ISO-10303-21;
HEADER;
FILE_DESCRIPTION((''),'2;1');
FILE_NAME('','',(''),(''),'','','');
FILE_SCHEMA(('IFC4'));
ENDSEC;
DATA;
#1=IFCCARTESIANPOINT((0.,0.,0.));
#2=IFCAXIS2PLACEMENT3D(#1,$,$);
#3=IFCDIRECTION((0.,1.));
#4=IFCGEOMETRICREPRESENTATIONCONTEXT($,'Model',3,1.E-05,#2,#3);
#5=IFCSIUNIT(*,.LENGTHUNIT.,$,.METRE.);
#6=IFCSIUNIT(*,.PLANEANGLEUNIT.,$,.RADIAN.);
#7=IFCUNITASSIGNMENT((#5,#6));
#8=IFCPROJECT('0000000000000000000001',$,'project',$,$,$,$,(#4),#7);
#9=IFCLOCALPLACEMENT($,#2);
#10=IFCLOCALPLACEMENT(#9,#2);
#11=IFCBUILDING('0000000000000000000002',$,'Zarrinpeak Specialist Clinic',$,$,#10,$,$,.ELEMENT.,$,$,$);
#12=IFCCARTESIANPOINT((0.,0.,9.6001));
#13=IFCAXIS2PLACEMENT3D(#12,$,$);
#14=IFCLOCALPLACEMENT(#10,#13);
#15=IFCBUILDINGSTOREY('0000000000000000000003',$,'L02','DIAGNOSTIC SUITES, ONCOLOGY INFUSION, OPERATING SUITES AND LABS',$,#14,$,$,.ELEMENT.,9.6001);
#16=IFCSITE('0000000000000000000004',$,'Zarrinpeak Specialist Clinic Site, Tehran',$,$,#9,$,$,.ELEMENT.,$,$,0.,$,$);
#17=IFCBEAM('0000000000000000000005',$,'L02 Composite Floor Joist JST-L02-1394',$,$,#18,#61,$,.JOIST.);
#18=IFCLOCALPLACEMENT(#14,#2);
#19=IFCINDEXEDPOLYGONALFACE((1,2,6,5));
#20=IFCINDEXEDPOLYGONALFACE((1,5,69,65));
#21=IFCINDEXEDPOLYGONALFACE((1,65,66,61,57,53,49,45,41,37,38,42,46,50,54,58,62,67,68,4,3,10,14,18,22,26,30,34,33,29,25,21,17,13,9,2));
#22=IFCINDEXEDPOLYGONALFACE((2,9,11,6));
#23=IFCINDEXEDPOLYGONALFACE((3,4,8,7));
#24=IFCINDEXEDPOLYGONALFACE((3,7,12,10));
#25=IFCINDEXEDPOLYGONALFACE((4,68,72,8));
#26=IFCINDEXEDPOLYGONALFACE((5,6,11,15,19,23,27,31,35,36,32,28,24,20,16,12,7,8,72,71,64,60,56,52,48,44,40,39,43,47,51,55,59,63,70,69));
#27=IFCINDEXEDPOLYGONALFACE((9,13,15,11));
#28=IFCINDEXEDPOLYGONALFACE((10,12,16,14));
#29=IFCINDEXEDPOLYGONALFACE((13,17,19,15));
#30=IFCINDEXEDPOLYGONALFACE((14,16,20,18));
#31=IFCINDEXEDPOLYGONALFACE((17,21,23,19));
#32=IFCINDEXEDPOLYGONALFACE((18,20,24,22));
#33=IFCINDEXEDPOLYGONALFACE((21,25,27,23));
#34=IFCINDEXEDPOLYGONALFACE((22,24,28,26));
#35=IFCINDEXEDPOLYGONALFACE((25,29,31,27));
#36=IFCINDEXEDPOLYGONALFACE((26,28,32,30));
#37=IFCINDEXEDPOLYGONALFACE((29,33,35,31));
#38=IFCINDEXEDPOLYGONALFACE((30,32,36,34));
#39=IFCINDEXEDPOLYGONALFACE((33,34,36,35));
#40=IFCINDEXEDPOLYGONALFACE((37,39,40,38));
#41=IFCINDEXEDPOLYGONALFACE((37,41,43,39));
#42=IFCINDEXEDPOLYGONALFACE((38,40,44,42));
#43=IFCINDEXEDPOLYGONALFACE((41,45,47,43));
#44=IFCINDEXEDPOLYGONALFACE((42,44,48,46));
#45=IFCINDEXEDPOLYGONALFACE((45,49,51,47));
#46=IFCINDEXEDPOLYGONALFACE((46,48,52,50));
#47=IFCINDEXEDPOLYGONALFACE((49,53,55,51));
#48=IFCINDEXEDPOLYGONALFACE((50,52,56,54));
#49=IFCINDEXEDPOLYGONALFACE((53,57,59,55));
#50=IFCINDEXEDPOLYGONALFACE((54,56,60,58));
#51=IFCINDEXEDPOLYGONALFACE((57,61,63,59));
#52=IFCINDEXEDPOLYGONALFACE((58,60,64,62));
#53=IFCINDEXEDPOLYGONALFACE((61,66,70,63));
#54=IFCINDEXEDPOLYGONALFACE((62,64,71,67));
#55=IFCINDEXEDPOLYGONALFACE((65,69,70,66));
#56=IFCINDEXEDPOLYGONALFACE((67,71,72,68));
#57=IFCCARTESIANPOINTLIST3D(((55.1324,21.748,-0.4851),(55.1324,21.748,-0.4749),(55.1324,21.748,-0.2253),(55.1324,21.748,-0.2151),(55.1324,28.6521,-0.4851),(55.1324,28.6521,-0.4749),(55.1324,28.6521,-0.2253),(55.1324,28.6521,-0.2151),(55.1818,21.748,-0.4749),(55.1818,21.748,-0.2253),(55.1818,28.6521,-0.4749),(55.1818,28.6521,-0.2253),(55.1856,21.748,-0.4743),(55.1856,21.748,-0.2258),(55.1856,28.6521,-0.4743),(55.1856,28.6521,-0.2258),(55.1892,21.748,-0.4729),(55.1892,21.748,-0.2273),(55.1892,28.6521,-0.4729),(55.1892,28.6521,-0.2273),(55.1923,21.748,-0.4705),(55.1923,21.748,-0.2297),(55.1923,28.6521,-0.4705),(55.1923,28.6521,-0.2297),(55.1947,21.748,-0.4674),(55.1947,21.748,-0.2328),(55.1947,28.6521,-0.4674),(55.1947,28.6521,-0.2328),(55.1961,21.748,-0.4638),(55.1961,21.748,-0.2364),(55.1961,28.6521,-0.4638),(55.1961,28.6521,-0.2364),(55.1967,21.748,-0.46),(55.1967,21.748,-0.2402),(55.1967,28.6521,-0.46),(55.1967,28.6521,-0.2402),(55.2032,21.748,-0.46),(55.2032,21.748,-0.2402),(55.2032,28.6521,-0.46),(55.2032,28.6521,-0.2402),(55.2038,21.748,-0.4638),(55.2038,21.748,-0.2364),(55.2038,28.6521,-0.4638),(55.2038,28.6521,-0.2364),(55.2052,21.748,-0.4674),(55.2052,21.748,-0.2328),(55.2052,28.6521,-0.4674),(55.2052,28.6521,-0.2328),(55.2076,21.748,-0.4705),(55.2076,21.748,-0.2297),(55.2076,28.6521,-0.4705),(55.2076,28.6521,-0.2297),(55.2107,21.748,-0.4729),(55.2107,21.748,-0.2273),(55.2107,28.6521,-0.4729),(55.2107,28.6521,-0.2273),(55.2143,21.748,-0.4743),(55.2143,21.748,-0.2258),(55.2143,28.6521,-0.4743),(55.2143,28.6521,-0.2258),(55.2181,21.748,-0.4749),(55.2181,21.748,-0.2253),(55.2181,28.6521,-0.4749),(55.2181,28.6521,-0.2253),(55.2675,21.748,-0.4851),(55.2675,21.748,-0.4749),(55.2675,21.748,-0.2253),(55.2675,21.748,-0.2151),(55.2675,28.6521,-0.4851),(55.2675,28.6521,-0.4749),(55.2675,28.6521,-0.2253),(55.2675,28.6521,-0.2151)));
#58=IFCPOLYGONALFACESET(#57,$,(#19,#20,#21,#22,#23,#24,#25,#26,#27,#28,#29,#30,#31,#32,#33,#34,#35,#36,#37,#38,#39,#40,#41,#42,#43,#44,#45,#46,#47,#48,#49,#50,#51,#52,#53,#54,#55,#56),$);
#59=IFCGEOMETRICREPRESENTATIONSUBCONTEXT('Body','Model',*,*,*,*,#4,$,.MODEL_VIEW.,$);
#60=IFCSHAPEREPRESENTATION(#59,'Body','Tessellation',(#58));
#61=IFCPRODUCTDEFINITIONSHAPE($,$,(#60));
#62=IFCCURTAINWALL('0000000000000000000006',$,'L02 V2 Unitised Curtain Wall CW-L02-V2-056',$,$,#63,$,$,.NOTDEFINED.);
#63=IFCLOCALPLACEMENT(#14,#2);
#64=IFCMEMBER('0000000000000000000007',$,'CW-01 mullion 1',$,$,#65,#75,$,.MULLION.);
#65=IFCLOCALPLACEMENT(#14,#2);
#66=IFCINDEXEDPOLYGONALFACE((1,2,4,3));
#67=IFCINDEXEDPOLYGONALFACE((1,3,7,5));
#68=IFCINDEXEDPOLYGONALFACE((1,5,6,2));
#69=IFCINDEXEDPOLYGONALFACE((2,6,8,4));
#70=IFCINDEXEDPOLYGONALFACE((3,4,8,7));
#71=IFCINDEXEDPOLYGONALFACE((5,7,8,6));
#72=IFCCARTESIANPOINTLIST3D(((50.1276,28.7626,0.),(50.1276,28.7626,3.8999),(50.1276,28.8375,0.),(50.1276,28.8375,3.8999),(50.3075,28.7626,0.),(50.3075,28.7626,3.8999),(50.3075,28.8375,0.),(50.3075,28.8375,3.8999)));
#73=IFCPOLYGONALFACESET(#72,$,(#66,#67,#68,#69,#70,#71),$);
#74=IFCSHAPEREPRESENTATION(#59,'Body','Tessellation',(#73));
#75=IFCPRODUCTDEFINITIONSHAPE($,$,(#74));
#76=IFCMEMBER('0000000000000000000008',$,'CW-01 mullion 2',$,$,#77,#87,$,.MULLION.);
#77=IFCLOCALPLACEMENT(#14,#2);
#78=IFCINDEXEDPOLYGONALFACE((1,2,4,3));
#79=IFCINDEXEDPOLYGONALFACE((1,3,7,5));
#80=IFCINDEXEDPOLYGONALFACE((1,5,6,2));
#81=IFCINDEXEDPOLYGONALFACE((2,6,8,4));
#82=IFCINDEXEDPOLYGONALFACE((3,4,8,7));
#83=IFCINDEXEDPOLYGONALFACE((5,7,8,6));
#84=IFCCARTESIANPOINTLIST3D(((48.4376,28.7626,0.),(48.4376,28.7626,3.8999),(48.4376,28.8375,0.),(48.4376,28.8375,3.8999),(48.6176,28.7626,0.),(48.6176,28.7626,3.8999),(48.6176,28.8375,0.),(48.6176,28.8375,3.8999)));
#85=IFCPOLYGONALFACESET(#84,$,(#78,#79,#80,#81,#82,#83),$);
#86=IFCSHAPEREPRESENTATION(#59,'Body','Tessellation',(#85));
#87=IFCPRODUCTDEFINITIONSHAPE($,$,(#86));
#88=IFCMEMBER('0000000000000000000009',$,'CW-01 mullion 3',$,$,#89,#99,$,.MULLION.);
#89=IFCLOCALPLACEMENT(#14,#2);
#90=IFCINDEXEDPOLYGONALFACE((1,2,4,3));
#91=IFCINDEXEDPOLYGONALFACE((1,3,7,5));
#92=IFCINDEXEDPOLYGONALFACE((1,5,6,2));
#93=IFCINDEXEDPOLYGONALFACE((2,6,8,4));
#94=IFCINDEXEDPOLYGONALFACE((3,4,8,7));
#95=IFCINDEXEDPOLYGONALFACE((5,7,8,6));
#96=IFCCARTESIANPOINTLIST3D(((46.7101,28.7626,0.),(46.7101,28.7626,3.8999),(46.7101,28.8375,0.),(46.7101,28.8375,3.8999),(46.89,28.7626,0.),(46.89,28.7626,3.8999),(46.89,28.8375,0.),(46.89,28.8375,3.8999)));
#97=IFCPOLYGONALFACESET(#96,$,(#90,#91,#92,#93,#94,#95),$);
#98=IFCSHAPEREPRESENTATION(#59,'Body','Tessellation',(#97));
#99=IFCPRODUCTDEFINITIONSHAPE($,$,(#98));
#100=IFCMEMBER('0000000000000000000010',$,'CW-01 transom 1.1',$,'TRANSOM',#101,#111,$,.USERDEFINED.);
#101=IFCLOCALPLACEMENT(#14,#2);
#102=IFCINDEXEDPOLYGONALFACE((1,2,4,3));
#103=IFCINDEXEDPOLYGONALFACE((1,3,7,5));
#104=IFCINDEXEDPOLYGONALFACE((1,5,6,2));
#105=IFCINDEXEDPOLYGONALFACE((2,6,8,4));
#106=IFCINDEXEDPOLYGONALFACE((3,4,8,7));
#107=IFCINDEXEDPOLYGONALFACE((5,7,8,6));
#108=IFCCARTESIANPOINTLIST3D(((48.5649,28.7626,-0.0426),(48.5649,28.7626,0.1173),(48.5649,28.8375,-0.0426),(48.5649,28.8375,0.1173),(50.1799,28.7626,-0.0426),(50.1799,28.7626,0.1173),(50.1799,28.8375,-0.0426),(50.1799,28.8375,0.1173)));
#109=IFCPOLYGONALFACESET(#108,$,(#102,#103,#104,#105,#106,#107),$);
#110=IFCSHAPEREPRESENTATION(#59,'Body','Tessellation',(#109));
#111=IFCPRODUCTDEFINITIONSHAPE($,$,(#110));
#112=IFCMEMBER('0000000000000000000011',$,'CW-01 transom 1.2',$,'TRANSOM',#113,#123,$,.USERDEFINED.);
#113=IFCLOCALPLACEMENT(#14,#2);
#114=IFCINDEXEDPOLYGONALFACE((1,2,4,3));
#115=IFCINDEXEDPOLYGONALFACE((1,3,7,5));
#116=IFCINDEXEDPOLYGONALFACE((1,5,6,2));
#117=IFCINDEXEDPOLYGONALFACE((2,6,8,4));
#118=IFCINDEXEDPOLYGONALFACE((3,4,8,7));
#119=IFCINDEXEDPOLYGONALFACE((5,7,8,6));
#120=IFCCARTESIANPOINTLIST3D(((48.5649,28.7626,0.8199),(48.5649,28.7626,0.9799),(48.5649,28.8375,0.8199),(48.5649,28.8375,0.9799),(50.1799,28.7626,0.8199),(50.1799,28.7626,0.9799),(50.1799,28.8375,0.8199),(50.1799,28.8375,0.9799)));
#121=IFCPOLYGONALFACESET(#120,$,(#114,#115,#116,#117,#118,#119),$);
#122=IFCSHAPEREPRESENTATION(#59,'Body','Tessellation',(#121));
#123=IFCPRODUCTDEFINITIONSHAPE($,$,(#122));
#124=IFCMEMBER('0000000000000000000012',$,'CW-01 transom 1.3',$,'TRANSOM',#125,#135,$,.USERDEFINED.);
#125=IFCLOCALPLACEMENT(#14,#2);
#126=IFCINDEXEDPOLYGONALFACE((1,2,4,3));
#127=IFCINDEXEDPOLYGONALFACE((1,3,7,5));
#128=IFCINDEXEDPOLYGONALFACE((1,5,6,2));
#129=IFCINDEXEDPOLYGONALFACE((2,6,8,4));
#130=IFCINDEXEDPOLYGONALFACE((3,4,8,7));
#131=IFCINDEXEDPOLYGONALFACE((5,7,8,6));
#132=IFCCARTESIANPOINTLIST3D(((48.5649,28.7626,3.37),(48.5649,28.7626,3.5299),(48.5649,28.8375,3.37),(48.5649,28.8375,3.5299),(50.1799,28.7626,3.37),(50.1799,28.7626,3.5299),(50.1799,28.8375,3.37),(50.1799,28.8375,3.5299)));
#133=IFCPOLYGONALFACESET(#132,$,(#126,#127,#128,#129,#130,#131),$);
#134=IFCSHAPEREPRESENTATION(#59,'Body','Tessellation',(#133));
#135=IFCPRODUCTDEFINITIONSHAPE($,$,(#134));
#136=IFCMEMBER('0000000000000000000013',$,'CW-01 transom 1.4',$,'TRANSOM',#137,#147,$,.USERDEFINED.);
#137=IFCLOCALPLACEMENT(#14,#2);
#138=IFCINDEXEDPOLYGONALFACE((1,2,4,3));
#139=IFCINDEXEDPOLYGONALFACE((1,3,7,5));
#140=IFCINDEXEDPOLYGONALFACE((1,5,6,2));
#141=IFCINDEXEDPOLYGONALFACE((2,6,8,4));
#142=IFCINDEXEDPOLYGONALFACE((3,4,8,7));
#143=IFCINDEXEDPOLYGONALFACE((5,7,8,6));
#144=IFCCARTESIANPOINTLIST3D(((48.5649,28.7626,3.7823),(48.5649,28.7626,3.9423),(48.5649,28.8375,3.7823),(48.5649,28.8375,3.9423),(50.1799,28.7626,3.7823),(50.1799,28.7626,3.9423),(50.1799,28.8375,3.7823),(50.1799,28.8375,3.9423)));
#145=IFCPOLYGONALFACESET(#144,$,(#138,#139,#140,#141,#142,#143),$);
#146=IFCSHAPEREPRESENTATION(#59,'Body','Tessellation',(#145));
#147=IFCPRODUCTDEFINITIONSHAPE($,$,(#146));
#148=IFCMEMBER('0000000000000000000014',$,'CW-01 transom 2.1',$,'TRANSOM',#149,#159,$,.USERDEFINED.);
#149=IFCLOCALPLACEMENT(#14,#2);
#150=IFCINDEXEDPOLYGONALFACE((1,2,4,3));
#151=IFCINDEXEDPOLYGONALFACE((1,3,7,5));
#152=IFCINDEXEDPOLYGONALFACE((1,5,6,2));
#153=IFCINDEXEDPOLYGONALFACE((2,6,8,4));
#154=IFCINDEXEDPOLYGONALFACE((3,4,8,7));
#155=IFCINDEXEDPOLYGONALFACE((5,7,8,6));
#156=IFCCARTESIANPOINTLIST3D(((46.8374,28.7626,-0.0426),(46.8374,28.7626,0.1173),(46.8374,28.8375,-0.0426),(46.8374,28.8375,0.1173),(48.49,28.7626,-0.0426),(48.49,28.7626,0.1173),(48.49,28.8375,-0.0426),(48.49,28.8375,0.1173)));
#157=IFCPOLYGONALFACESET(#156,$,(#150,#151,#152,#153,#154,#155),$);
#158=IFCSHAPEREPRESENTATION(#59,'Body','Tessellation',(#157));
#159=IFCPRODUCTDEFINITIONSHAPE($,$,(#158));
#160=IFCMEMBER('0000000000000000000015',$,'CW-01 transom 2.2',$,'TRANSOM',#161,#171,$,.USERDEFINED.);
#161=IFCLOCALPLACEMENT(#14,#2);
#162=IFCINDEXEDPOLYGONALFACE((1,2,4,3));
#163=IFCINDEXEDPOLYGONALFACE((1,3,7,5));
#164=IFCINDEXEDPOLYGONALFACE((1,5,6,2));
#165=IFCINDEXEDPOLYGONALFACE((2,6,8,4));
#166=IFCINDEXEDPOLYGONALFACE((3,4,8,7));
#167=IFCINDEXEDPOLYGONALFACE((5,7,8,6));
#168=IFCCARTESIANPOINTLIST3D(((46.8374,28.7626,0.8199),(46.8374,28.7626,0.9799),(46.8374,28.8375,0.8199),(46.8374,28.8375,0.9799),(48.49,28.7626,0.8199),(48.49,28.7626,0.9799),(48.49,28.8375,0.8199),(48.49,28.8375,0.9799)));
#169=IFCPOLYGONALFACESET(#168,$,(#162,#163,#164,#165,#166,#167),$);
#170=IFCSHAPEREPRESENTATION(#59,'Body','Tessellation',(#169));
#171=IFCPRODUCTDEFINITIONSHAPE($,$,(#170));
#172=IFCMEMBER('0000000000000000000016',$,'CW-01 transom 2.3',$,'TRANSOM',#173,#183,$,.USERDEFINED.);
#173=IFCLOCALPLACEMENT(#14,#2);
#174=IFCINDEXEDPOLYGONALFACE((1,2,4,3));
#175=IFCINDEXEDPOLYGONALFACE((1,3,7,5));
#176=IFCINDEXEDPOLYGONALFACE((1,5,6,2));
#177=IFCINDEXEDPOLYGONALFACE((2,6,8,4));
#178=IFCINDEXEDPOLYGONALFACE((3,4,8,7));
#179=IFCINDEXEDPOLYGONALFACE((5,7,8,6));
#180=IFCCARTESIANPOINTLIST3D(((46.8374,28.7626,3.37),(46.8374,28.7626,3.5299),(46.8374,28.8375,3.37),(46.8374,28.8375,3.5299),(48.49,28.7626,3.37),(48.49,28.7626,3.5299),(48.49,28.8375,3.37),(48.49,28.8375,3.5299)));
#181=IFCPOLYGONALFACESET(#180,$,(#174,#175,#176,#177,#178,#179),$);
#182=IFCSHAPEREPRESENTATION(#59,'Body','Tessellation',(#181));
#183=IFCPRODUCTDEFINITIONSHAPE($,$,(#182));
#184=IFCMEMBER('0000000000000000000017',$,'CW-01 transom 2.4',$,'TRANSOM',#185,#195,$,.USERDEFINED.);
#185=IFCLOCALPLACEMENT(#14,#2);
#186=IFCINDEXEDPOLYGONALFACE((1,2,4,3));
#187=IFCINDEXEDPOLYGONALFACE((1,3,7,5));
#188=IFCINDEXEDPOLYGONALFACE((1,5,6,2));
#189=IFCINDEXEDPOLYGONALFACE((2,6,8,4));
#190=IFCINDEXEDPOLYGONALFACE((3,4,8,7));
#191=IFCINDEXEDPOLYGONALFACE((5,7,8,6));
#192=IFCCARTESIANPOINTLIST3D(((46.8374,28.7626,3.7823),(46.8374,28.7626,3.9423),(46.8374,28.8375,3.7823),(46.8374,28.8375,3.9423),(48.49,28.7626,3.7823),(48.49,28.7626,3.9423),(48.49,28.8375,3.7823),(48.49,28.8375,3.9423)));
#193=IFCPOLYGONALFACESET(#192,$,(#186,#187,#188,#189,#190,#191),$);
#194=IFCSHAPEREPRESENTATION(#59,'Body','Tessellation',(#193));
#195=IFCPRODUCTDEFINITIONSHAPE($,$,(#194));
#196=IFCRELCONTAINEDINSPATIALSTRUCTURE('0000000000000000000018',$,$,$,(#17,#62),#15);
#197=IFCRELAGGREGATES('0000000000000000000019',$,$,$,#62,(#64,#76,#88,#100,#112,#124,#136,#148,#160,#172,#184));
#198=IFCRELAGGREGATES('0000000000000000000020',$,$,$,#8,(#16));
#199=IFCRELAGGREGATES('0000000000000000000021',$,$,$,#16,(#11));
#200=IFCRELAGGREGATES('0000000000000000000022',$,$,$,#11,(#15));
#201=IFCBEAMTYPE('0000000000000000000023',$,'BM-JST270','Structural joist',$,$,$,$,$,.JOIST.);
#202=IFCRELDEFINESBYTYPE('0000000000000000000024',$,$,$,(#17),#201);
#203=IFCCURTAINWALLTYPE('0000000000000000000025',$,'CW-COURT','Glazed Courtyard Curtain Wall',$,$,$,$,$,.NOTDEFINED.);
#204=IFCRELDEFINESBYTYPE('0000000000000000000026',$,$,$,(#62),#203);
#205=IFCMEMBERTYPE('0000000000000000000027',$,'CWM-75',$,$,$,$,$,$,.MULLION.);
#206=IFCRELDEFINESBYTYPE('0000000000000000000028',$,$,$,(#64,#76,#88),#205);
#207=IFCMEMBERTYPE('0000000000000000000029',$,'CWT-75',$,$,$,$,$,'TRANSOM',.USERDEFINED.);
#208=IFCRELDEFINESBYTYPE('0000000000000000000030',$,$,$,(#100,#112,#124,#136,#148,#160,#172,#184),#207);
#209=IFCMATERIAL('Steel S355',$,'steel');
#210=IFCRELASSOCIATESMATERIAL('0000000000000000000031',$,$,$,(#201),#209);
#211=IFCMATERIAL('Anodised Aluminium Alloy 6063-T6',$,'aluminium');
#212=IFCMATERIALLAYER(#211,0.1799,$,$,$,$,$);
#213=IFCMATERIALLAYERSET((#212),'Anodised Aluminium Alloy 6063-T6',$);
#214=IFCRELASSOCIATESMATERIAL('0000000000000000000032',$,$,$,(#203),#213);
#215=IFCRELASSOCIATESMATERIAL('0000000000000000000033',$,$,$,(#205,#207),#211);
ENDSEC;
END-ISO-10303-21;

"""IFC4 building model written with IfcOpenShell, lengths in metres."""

from ifc_helpers import new_model, si_unit, direction, frame, origin, origin_2d, place, context, subcontext, project, spatial, rectangle, i_section, extrude, material, layer, layer_set, material_profile, profile_set, type_object, element, aggregate, save


model = new_model("IFC4")

# Units and contexts
model_context = context("Model", 3, precision=1e-05, world=origin(), true_north=direction((0.0, 1.0)))
body_context = subcontext(model_context, "Body", "Model", "MODEL_VIEW")
ifc_project = project(units=[si_unit("LENGTHUNIT", "METRE"), si_unit("PLANEANGLEUNIT", "RADIAN")], contexts=[model_context])

# Site, building, storey
site_placement = place(None, origin())
site = spatial("IfcSite", under=ifc_project, at=site_placement, Name="Zarrinpeak Specialist Clinic Site, Tehran", CompositionType="ELEMENT", RefElevation=0.0)
building_placement = place(site_placement, origin())
building = spatial("IfcBuilding", under=site, at=building_placement, Name="Zarrinpeak Specialist Clinic", CompositionType="ELEMENT")
storey_placement = place(building_placement, frame((0.0, 0.0, 9.6001)))
storey = spatial("IfcBuildingStorey", under=building, at=storey_placement, Name="L02", Description="DIAGNOSTIC SUITES, ONCOLOGY INFUSION, OPERATING SUITES AND LABS", CompositionType="ELEMENT", Elevation=9.6001)

# Shared definitions
ifc_material_1 = material(Name="Steel S355", Category="steel")

# Beam
ifc_material_profile_1 = material_profile(ifc_material_1, i_section(OverallWidth=0.135, OverallDepth=0.27, WebThickness=0.0066, FlangeThickness=0.0103, FilletRadius=0.0149, at=origin_2d()), Name="IPE 270")
ifc_profile_set_1 = profile_set([ifc_material_profile_1], Name="Steel S355")
beam_type_1 = type_object("IfcBeamType", Name="BM-JST270", Description="Structural joist", PredefinedType="JOIST", material=ifc_profile_set_1)
for number, where, z_axis, x_axis, name in (
    (1, (55.2, 21.748, -0.3501), (0.0, 1.0, 0.0), (-1.0, 0.0, 0.0), "L02 Composite Floor Joist JST-L02-1394"),
):
    element("IfcBeam", number, at=place(storey_placement, frame(where, z_axis=z_axis, x_axis=x_axis)), inside=storey, type_object=beam_type_1, Name=name, PredefinedType="JOIST", context=body_context, shape_type="SweptSolid", body=[
        extrude(i_section(OverallWidth=0.135, OverallDepth=0.27, WebThickness=0.0066, FlangeThickness=0.0103, FilletRadius=0.0149, at=origin_2d()), origin(), (0.0, 0.0, 1.0), 6.9041),
    ])

# Curtain wall, members
ifc_material_2 = material(Name="Anodised Aluminium Alloy 6063-T6", Category="aluminium")
ifc_layer_1 = layer(ifc_material_2, 0.1799)
ifc_layer_set_1 = layer_set([ifc_layer_1], Name="Anodised Aluminium Alloy 6063-T6")
curtain_wall_type = type_object("IfcCurtainWallType", Name="CW-COURT", Description="Glazed Courtyard Curtain Wall", PredefinedType="NOTDEFINED", material=ifc_layer_set_1)
curtain_wall_placement = place(storey_placement, origin())
curtain_wall = element("IfcCurtainWall", 2, at=curtain_wall_placement, inside=storey, type_object=curtain_wall_type, Name="L02 V2 Unitised Curtain Wall CW-L02-V2-056", PredefinedType="NOTDEFINED")
ifc_material_profile_2 = material_profile(ifc_material_2, rectangle(XDim=0.075, YDim=0.1799, at=origin_2d()), Name="ALU 75x180")
ifc_profile_set_2 = profile_set([ifc_material_profile_2], Name="Anodised Aluminium Alloy 6063-T6")
member_type_1 = type_object("IfcMemberType", Name="CWM-75", PredefinedType="MULLION", material=ifc_profile_set_2)
member_1_placement = place(storey_placement, frame((50.2175, 28.8, 0.0), z_axis=(0.0, 0.0, 1.0), x_axis=(0.0, -1.0, 0.0)))
member_1 = element("IfcMember", 3, at=member_1_placement, type_object=member_type_1, Name="CW-01 mullion 1", PredefinedType="MULLION", context=body_context, shape_type="SweptSolid", body=[
    extrude(rectangle(XDim=0.075, YDim=0.1799, at=origin_2d()), origin(), (0.0, 0.0, 1.0), 3.8999),
])
member_2_placement = place(storey_placement, frame((48.5276, 28.8, 0.0), z_axis=(0.0, 0.0, 1.0), x_axis=(0.0, -1.0, 0.0)))
member_2 = element("IfcMember", 4, at=member_2_placement, type_object=member_type_1, Name="CW-01 mullion 2", PredefinedType="MULLION", context=body_context, shape_type="SweptSolid", body=[
    extrude(rectangle(XDim=0.075, YDim=0.1799, at=origin_2d()), origin(), (0.0, 0.0, 1.0), 3.8999),
])
member_3_placement = place(storey_placement, frame((46.8, 28.8, 0.0), z_axis=(0.0, 0.0, 1.0), x_axis=(0.0, -1.0, 0.0)))
member_3 = element("IfcMember", 5, at=member_3_placement, type_object=member_type_1, Name="CW-01 mullion 3", PredefinedType="MULLION", context=body_context, shape_type="SweptSolid", body=[
    extrude(rectangle(XDim=0.075, YDim=0.1799, at=origin_2d()), origin(), (0.0, 0.0, 1.0), 3.8999),
])
ifc_material_profile_3 = material_profile(ifc_material_2, rectangle(XDim=0.075, YDim=0.1599, at=origin_2d()), Name="ALU 75x160")
ifc_profile_set_3 = profile_set([ifc_material_profile_3], Name="Anodised Aluminium Alloy 6063-T6")
member_type_2 = type_object("IfcMemberType", Name="CWT-75", ElementType="TRANSOM", PredefinedType="USERDEFINED", material=ifc_profile_set_3)
member_4_placement = place(storey_placement, frame((50.1799, 28.8, 0.0374), z_axis=(-1.0, 0.0, 0.0), x_axis=(0.0, -1.0, 0.0)))
member_4 = element("IfcMember", 6, at=member_4_placement, type_object=member_type_2, Name="CW-01 transom 1.1", ObjectType="TRANSOM", PredefinedType="USERDEFINED", context=body_context, shape_type="SweptSolid", body=[
    extrude(rectangle(XDim=0.075, YDim=0.1599, at=origin_2d()), origin(), (0.0, 0.0, 1.0), 1.615),
])
member_5_placement = place(storey_placement, frame((50.1799, 28.8, 0.8999), z_axis=(-1.0, 0.0, 0.0), x_axis=(0.0, -1.0, 0.0)))
member_5 = element("IfcMember", 7, at=member_5_placement, type_object=member_type_2, Name="CW-01 transom 1.2", ObjectType="TRANSOM", PredefinedType="USERDEFINED", context=body_context, shape_type="SweptSolid", body=[
    extrude(rectangle(XDim=0.075, YDim=0.1599, at=origin_2d()), origin(), (0.0, 0.0, 1.0), 1.615),
])
member_6_placement = place(storey_placement, frame((50.1799, 28.8, 3.45), z_axis=(-1.0, 0.0, 0.0), x_axis=(0.0, -1.0, 0.0)))
member_6 = element("IfcMember", 8, at=member_6_placement, type_object=member_type_2, Name="CW-01 transom 1.3", ObjectType="TRANSOM", PredefinedType="USERDEFINED", context=body_context, shape_type="SweptSolid", body=[
    extrude(rectangle(XDim=0.075, YDim=0.1599, at=origin_2d()), origin(), (0.0, 0.0, 1.0), 1.615),
])
member_7_placement = place(storey_placement, frame((50.1799, 28.8, 3.8623), z_axis=(-1.0, 0.0, 0.0), x_axis=(0.0, -1.0, 0.0)))
member_7 = element("IfcMember", 9, at=member_7_placement, type_object=member_type_2, Name="CW-01 transom 1.4", ObjectType="TRANSOM", PredefinedType="USERDEFINED", context=body_context, shape_type="SweptSolid", body=[
    extrude(rectangle(XDim=0.075, YDim=0.1599, at=origin_2d()), origin(), (0.0, 0.0, 1.0), 1.615),
])
member_8_placement = place(storey_placement, frame((48.49, 28.8, 0.0374), z_axis=(-1.0, 0.0, 0.0), x_axis=(0.0, -1.0, 0.0)))
member_8 = element("IfcMember", 10, at=member_8_placement, type_object=member_type_2, Name="CW-01 transom 2.1", ObjectType="TRANSOM", PredefinedType="USERDEFINED", context=body_context, shape_type="SweptSolid", body=[
    extrude(rectangle(XDim=0.075, YDim=0.1599, at=origin_2d()), origin(), (0.0, 0.0, 1.0), 1.6526),
])
member_9_placement = place(storey_placement, frame((48.49, 28.8, 0.8999), z_axis=(-1.0, 0.0, 0.0), x_axis=(0.0, -1.0, 0.0)))
member_9 = element("IfcMember", 11, at=member_9_placement, type_object=member_type_2, Name="CW-01 transom 2.2", ObjectType="TRANSOM", PredefinedType="USERDEFINED", context=body_context, shape_type="SweptSolid", body=[
    extrude(rectangle(XDim=0.075, YDim=0.1599, at=origin_2d()), origin(), (0.0, 0.0, 1.0), 1.6526),
])
member_10_placement = place(storey_placement, frame((48.49, 28.8, 3.45), z_axis=(-1.0, 0.0, 0.0), x_axis=(0.0, -1.0, 0.0)))
member_10 = element("IfcMember", 12, at=member_10_placement, type_object=member_type_2, Name="CW-01 transom 2.3", ObjectType="TRANSOM", PredefinedType="USERDEFINED", context=body_context, shape_type="SweptSolid", body=[
    extrude(rectangle(XDim=0.075, YDim=0.1599, at=origin_2d()), origin(), (0.0, 0.0, 1.0), 1.6526),
])
member_11_placement = place(storey_placement, frame((48.49, 28.8, 3.8623), z_axis=(-1.0, 0.0, 0.0), x_axis=(0.0, -1.0, 0.0)))
member_11 = element("IfcMember", 13, at=member_11_placement, type_object=member_type_2, Name="CW-01 transom 2.4", ObjectType="TRANSOM", PredefinedType="USERDEFINED", context=body_context, shape_type="SweptSolid", body=[
    extrude(rectangle(XDim=0.075, YDim=0.1599, at=origin_2d()), origin(), (0.0, 0.0, 1.0), 1.6526),
])
aggregate(curtain_wall, [member_1, member_2, member_3, member_4, member_5, member_6, member_7, member_8, member_9, member_10, member_11])

save(model, "model.ifc")
